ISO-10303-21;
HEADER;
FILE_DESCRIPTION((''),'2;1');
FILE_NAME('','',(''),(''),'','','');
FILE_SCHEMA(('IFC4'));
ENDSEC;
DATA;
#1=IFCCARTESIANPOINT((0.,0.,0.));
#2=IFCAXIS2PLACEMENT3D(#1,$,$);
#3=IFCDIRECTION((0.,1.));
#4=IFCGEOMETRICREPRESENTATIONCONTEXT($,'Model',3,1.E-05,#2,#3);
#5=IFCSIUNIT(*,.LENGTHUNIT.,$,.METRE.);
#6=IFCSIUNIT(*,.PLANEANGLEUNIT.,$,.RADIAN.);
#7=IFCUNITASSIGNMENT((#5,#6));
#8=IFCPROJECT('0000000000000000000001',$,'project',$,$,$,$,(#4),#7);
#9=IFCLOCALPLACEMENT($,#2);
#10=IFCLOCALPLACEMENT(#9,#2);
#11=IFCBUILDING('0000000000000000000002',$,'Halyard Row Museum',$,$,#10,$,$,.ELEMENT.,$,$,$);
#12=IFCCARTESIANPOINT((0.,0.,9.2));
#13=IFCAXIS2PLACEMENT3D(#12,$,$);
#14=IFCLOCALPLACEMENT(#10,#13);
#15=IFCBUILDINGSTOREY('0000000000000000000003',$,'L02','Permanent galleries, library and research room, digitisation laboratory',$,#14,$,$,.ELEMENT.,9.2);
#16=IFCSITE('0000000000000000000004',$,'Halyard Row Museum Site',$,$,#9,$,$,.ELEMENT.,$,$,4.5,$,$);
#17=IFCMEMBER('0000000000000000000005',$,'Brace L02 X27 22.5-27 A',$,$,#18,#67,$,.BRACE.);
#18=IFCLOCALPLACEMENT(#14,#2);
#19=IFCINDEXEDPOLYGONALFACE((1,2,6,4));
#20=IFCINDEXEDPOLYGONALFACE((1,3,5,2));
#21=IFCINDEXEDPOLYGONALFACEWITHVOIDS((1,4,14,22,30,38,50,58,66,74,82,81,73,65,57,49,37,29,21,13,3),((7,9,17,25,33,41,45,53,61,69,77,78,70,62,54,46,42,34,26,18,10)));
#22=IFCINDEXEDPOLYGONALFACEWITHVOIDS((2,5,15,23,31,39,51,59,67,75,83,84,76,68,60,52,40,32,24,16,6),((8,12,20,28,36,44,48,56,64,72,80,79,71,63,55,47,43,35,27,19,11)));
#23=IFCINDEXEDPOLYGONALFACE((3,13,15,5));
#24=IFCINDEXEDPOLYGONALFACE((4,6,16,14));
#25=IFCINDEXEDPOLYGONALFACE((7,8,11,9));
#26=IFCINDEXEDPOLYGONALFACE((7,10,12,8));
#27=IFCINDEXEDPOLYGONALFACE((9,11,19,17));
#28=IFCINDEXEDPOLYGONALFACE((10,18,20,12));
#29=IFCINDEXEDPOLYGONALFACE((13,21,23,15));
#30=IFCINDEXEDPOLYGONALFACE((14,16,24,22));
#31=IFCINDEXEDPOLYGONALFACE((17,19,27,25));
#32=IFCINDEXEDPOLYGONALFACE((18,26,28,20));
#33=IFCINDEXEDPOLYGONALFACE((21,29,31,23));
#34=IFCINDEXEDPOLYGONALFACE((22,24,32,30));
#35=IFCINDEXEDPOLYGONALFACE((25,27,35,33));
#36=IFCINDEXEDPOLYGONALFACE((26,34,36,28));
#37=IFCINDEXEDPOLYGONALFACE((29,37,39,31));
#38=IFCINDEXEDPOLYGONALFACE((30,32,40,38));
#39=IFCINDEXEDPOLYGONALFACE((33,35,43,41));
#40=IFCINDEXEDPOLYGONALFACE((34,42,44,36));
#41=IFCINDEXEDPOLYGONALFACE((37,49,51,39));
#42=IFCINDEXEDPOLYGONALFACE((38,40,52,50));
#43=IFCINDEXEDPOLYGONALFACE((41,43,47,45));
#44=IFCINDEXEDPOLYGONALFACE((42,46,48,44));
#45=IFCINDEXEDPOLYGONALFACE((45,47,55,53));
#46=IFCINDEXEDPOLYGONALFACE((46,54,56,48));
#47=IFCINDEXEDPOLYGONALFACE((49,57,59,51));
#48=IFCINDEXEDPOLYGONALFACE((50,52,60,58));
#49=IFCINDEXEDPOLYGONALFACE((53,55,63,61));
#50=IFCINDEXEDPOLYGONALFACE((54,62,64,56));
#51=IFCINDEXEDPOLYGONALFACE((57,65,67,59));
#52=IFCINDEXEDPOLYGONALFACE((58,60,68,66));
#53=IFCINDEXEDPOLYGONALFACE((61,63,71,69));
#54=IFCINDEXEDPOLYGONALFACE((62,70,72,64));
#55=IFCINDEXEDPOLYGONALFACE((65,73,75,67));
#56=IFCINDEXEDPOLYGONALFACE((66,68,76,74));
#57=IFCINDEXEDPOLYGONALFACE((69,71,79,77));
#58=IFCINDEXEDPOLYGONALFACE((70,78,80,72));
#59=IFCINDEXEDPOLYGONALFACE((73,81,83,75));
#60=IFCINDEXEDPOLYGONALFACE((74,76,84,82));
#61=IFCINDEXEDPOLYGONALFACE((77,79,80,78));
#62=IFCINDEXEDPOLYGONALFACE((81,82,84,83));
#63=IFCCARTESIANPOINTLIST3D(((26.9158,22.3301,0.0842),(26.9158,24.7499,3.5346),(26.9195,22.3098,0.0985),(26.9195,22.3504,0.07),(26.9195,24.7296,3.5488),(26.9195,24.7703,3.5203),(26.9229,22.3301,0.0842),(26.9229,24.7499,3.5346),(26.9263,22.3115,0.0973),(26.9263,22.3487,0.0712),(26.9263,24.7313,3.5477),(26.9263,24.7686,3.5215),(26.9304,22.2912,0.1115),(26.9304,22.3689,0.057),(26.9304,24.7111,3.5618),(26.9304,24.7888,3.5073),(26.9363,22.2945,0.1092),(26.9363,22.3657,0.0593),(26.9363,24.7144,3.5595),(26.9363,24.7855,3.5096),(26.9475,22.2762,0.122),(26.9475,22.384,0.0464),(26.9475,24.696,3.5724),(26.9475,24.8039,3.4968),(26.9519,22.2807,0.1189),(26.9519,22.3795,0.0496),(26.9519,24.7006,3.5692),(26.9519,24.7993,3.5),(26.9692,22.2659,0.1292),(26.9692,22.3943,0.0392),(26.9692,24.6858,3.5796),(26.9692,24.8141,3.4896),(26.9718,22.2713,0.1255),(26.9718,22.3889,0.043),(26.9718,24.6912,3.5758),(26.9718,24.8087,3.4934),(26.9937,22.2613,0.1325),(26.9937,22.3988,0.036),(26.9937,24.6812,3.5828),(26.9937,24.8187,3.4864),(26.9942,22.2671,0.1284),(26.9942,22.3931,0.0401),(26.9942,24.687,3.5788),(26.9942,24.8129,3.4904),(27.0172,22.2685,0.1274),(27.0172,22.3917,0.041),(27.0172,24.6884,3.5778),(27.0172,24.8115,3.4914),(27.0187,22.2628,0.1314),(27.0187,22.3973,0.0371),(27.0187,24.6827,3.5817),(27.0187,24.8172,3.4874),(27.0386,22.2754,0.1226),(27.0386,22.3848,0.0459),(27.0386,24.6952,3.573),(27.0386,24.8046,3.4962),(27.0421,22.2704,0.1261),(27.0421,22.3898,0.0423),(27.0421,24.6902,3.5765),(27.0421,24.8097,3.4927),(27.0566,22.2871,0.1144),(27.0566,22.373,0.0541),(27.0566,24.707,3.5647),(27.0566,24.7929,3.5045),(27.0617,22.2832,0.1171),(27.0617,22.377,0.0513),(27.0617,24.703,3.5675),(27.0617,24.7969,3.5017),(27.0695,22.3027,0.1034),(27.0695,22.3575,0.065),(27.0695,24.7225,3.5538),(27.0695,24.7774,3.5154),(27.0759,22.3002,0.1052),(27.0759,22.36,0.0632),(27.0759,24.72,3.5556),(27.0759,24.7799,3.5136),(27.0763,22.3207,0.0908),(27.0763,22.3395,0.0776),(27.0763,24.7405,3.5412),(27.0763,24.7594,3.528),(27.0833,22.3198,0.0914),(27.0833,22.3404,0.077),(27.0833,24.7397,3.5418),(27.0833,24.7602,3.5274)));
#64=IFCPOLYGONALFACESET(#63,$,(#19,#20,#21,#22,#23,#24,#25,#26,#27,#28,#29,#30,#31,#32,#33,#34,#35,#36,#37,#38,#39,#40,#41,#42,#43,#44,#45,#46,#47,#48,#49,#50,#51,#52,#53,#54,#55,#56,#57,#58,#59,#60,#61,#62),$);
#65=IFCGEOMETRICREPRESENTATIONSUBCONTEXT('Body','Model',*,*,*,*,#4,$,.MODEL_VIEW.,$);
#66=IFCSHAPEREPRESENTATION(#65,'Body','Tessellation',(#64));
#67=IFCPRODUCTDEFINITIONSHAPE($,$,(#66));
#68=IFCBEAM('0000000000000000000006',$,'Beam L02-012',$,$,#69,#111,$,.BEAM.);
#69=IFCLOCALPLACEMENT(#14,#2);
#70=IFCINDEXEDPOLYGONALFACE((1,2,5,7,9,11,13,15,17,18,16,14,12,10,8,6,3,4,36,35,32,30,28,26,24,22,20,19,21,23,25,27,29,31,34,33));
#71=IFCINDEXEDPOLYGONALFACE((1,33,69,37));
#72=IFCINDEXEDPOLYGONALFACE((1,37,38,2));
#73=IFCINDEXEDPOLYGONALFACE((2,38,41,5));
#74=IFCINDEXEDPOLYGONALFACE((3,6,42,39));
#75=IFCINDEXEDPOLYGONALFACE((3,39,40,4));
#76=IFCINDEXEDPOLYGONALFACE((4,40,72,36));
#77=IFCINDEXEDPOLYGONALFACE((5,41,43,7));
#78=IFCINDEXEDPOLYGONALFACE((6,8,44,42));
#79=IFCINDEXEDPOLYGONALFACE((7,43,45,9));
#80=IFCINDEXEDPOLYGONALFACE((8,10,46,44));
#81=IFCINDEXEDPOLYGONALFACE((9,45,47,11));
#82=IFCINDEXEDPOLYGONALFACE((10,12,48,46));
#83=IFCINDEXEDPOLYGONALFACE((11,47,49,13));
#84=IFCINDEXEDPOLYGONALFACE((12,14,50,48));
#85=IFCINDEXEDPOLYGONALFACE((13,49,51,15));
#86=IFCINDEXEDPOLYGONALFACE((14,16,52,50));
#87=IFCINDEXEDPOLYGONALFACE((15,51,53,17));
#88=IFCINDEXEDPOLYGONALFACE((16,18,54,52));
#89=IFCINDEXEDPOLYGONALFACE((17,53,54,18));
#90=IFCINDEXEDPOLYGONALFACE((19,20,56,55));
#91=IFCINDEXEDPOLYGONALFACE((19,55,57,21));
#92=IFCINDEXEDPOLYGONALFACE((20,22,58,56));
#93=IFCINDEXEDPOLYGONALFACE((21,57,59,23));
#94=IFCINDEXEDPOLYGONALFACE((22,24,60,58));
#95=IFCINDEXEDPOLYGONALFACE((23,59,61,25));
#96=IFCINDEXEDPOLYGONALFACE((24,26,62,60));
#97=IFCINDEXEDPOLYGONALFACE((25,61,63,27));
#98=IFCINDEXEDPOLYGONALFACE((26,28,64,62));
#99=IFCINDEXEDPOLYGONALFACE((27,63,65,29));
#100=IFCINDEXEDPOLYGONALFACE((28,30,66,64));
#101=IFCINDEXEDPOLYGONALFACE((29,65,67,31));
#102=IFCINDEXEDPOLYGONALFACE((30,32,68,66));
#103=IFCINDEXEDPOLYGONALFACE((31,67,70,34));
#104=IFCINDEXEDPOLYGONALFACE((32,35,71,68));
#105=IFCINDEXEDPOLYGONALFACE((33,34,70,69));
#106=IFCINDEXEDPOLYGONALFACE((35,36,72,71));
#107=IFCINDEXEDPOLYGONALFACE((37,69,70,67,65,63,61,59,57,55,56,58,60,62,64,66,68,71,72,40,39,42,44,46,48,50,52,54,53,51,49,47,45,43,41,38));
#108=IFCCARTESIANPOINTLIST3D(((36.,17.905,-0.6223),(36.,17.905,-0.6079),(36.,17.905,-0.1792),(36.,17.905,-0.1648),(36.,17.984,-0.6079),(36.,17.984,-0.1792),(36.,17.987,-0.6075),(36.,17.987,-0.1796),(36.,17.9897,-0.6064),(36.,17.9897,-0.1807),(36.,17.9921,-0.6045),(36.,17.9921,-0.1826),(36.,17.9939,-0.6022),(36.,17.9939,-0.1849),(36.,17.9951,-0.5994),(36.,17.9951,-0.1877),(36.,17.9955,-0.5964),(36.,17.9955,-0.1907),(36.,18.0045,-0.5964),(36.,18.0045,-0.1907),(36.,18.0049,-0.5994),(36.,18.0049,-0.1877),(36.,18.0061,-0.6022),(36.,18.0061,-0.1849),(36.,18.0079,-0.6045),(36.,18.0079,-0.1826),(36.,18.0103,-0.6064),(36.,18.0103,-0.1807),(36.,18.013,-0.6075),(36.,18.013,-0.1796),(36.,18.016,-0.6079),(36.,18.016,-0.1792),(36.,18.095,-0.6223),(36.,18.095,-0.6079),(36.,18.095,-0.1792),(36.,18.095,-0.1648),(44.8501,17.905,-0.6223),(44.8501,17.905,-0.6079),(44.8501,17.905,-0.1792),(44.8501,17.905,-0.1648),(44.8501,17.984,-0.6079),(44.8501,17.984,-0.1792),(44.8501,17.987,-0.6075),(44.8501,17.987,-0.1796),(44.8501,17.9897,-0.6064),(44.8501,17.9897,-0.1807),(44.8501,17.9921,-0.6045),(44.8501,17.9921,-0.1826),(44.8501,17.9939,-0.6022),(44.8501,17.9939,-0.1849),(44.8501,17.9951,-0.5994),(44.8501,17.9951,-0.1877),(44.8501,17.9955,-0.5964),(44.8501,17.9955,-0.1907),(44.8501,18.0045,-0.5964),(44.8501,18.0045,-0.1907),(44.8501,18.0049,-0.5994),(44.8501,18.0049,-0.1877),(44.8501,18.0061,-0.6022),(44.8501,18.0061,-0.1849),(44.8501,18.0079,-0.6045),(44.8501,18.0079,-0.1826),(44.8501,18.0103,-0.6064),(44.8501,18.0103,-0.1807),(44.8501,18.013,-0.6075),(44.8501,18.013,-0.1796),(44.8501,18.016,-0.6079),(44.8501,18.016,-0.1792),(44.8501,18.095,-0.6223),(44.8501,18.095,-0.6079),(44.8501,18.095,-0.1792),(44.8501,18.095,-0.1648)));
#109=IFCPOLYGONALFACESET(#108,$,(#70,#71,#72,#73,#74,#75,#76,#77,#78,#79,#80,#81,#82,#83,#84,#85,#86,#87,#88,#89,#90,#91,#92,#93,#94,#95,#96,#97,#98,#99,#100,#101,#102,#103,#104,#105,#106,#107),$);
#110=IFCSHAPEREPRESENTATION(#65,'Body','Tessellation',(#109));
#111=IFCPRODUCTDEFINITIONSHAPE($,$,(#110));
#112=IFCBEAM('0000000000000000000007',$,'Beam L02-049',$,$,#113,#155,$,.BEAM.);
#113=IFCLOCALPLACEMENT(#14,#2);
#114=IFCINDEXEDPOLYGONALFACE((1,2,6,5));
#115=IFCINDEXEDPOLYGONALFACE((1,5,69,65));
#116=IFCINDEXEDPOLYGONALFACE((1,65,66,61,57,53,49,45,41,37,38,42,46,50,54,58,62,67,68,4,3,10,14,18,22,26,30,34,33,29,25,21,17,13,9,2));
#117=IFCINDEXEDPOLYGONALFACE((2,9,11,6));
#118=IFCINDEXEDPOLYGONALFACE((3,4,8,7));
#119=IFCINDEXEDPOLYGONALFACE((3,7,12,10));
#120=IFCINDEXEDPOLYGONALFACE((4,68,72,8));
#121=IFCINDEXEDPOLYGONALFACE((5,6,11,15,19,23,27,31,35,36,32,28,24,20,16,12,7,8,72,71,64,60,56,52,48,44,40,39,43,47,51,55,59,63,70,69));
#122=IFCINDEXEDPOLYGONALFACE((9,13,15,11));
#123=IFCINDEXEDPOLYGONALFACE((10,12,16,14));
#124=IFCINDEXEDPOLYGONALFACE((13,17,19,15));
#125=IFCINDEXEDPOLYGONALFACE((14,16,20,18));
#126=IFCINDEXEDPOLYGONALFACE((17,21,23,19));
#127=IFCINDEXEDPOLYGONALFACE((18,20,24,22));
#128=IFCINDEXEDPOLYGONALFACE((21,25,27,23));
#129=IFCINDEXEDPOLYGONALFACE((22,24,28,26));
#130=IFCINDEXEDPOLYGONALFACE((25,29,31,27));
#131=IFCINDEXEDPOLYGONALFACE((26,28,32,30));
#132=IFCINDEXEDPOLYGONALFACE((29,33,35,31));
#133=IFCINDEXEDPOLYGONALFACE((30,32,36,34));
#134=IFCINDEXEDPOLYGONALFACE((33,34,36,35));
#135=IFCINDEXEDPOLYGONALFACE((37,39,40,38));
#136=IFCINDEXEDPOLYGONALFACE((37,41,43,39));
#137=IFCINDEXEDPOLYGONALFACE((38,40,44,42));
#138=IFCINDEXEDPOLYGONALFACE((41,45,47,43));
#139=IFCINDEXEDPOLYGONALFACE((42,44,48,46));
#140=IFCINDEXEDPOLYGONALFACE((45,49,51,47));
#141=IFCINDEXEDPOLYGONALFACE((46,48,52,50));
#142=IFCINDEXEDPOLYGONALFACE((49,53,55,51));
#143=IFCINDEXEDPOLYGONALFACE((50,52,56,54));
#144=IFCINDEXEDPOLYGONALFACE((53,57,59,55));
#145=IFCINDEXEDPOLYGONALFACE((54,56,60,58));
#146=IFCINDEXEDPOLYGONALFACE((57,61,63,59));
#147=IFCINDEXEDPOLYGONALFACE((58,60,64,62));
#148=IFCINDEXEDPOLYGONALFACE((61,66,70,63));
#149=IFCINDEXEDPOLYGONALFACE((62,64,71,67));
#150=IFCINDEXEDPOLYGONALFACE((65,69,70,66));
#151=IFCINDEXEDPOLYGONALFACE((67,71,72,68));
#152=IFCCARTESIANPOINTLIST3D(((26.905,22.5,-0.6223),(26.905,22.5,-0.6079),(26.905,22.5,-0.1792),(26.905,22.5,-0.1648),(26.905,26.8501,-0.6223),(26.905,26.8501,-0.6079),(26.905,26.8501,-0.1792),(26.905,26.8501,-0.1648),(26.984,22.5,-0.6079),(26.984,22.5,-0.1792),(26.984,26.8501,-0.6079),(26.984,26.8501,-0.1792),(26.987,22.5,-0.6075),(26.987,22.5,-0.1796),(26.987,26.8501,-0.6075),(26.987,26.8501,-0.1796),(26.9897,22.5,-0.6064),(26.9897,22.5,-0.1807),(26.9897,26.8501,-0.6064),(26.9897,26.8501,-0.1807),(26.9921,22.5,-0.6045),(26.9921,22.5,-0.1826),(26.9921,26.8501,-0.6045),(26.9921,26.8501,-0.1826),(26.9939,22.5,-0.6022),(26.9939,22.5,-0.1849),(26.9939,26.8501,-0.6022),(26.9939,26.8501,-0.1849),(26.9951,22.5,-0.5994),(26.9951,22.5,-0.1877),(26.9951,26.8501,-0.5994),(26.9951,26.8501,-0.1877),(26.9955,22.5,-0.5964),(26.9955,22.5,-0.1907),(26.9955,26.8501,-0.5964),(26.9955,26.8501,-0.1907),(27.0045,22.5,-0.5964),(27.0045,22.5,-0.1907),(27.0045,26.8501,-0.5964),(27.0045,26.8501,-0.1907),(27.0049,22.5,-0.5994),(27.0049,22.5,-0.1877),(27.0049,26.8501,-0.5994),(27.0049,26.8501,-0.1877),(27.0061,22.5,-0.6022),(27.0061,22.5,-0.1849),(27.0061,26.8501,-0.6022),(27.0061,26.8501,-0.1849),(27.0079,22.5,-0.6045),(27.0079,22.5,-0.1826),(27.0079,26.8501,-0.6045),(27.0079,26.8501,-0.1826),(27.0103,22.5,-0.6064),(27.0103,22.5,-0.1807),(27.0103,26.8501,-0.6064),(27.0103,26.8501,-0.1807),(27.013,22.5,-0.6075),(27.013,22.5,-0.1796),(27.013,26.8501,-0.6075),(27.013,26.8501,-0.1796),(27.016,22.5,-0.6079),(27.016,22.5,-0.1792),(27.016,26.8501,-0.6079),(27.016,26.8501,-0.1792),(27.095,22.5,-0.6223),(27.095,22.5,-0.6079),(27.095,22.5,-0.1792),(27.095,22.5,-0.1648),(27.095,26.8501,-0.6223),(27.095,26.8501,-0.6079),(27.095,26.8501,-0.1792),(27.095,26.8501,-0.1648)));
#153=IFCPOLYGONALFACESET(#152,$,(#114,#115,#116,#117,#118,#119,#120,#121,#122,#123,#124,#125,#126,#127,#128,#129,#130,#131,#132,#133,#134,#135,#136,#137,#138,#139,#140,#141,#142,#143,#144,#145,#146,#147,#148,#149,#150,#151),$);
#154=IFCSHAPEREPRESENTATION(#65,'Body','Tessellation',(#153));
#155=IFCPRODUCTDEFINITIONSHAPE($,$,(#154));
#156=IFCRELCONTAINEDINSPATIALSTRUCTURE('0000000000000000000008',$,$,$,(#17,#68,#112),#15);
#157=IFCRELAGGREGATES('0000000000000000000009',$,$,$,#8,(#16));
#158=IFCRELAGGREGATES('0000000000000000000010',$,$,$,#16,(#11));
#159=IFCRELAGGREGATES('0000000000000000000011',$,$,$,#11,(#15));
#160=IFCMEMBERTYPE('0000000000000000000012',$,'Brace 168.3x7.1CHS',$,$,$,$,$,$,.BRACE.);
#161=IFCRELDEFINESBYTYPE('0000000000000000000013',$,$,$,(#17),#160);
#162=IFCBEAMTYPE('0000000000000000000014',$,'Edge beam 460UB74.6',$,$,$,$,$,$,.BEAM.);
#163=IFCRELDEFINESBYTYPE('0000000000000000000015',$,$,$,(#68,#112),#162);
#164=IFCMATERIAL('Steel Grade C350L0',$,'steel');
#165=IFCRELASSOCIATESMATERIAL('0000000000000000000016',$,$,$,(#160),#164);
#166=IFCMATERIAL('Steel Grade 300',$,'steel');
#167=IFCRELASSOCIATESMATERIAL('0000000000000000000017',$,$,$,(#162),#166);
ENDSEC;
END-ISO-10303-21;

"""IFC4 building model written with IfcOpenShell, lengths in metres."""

from ifc_helpers import new_model, si_unit, direction, frame, origin, origin_2d, place, context, subcontext, project, spatial, hollow_circle, i_section, extrude, material, material_profile, profile_set, type_object, element, save


model = new_model("IFC4")

# Units and contexts
model_context = context("Model", 3, precision=1e-05, world=origin(), true_north=direction((0.0, 1.0)))
body_context = subcontext(model_context, "Body", "Model", "MODEL_VIEW")
ifc_project = project(units=[si_unit("LENGTHUNIT", "METRE"), si_unit("PLANEANGLEUNIT", "RADIAN")], contexts=[model_context])

# Site, building, storey
site_placement = place(None, origin())
site = spatial("IfcSite", under=ifc_project, at=site_placement, Name="Halyard Row Museum Site", CompositionType="ELEMENT", RefElevation=4.5)
building_placement = place(site_placement, origin())
building = spatial("IfcBuilding", under=site, at=building_placement, Name="Halyard Row Museum", CompositionType="ELEMENT")
storey_placement = place(building_placement, frame((0.0, 0.0, 9.2)))
storey = spatial("IfcBuildingStorey", under=building, at=storey_placement, Name="L02", Description="Permanent galleries, library and research room, digitisation laboratory", CompositionType="ELEMENT", Elevation=9.2)

# Member
ifc_material_1 = material(Name="Steel Grade C350L0", Category="steel")
ifc_material_profile_1 = material_profile(ifc_material_1, hollow_circle(Radius=0.0842, WallThickness=0.0071, at=origin_2d()), Name="168.3x7.1CHS")
ifc_profile_set_1 = profile_set([ifc_material_profile_1], Name="Steel Grade C350L0")
member_type = type_object("IfcMemberType", Name="Brace 168.3x7.1CHS", PredefinedType="BRACE", material=ifc_profile_set_1)
member_placement = place(storey_placement, frame((27.0, 22.3301, 0.0842), z_axis=(0.0, 0.574197, 0.818717), x_axis=(-1.0, 0.0, 0.0)))
element("IfcMember", 1, at=member_placement, inside=storey, type_object=member_type, Name="Brace L02 X27 22.5-27 A", PredefinedType="BRACE", context=body_context, shape_type="SweptSolid", body=[
    extrude(hollow_circle(Radius=0.0842, WallThickness=0.0071, at=origin_2d()), origin(), (0.0, 0.0, 1.0), 4.2144),
])

# Beams
ifc_material_2 = material(Name="Steel Grade 300", Category="steel")
ifc_material_profile_2 = material_profile(ifc_material_2, i_section(OverallWidth=0.1899, OverallDepth=0.4575, WebThickness=0.009, FlangeThickness=0.0144, FilletRadius=0.0115, at=origin_2d()), Name="460UB74.6")
ifc_profile_set_2 = profile_set([ifc_material_profile_2], Name="Steel Grade 300")
beam_type_1 = type_object("IfcBeamType", Name="Edge beam 460UB74.6", PredefinedType="BEAM", material=ifc_profile_set_2)
beam_1_placement = place(storey_placement, frame((36.0, 18.0, -0.3936), z_axis=(1.0, 0.0, 0.0), x_axis=(0.0, 1.0, 0.0)))
element("IfcBeam", 2, at=beam_1_placement, inside=storey, type_object=beam_type_1, Name="Beam L02-012", PredefinedType="BEAM", context=body_context, shape_type="SweptSolid", body=[
    extrude(i_section(OverallWidth=0.1899, OverallDepth=0.4575, WebThickness=0.009, FlangeThickness=0.0144, FilletRadius=0.0115, at=origin_2d()), origin(), (0.0, 0.0, 1.0), 8.8501),
])
beam_2_placement = place(storey_placement, frame((27.0, 22.5, -0.3936), z_axis=(0.0, 1.0, 0.0), x_axis=(-1.0, 0.0, 0.0)))
element("IfcBeam", 3, at=beam_2_placement, inside=storey, type_object=beam_type_1, Name="Beam L02-049", PredefinedType="BEAM", context=body_context, shape_type="SweptSolid", body=[
    extrude(i_section(OverallWidth=0.1899, OverallDepth=0.4575, WebThickness=0.009, FlangeThickness=0.0144, FilletRadius=0.0115, at=origin_2d()), origin(), (0.0, 0.0, 1.0), 4.3501),
])

save(model, "model.ifc")
